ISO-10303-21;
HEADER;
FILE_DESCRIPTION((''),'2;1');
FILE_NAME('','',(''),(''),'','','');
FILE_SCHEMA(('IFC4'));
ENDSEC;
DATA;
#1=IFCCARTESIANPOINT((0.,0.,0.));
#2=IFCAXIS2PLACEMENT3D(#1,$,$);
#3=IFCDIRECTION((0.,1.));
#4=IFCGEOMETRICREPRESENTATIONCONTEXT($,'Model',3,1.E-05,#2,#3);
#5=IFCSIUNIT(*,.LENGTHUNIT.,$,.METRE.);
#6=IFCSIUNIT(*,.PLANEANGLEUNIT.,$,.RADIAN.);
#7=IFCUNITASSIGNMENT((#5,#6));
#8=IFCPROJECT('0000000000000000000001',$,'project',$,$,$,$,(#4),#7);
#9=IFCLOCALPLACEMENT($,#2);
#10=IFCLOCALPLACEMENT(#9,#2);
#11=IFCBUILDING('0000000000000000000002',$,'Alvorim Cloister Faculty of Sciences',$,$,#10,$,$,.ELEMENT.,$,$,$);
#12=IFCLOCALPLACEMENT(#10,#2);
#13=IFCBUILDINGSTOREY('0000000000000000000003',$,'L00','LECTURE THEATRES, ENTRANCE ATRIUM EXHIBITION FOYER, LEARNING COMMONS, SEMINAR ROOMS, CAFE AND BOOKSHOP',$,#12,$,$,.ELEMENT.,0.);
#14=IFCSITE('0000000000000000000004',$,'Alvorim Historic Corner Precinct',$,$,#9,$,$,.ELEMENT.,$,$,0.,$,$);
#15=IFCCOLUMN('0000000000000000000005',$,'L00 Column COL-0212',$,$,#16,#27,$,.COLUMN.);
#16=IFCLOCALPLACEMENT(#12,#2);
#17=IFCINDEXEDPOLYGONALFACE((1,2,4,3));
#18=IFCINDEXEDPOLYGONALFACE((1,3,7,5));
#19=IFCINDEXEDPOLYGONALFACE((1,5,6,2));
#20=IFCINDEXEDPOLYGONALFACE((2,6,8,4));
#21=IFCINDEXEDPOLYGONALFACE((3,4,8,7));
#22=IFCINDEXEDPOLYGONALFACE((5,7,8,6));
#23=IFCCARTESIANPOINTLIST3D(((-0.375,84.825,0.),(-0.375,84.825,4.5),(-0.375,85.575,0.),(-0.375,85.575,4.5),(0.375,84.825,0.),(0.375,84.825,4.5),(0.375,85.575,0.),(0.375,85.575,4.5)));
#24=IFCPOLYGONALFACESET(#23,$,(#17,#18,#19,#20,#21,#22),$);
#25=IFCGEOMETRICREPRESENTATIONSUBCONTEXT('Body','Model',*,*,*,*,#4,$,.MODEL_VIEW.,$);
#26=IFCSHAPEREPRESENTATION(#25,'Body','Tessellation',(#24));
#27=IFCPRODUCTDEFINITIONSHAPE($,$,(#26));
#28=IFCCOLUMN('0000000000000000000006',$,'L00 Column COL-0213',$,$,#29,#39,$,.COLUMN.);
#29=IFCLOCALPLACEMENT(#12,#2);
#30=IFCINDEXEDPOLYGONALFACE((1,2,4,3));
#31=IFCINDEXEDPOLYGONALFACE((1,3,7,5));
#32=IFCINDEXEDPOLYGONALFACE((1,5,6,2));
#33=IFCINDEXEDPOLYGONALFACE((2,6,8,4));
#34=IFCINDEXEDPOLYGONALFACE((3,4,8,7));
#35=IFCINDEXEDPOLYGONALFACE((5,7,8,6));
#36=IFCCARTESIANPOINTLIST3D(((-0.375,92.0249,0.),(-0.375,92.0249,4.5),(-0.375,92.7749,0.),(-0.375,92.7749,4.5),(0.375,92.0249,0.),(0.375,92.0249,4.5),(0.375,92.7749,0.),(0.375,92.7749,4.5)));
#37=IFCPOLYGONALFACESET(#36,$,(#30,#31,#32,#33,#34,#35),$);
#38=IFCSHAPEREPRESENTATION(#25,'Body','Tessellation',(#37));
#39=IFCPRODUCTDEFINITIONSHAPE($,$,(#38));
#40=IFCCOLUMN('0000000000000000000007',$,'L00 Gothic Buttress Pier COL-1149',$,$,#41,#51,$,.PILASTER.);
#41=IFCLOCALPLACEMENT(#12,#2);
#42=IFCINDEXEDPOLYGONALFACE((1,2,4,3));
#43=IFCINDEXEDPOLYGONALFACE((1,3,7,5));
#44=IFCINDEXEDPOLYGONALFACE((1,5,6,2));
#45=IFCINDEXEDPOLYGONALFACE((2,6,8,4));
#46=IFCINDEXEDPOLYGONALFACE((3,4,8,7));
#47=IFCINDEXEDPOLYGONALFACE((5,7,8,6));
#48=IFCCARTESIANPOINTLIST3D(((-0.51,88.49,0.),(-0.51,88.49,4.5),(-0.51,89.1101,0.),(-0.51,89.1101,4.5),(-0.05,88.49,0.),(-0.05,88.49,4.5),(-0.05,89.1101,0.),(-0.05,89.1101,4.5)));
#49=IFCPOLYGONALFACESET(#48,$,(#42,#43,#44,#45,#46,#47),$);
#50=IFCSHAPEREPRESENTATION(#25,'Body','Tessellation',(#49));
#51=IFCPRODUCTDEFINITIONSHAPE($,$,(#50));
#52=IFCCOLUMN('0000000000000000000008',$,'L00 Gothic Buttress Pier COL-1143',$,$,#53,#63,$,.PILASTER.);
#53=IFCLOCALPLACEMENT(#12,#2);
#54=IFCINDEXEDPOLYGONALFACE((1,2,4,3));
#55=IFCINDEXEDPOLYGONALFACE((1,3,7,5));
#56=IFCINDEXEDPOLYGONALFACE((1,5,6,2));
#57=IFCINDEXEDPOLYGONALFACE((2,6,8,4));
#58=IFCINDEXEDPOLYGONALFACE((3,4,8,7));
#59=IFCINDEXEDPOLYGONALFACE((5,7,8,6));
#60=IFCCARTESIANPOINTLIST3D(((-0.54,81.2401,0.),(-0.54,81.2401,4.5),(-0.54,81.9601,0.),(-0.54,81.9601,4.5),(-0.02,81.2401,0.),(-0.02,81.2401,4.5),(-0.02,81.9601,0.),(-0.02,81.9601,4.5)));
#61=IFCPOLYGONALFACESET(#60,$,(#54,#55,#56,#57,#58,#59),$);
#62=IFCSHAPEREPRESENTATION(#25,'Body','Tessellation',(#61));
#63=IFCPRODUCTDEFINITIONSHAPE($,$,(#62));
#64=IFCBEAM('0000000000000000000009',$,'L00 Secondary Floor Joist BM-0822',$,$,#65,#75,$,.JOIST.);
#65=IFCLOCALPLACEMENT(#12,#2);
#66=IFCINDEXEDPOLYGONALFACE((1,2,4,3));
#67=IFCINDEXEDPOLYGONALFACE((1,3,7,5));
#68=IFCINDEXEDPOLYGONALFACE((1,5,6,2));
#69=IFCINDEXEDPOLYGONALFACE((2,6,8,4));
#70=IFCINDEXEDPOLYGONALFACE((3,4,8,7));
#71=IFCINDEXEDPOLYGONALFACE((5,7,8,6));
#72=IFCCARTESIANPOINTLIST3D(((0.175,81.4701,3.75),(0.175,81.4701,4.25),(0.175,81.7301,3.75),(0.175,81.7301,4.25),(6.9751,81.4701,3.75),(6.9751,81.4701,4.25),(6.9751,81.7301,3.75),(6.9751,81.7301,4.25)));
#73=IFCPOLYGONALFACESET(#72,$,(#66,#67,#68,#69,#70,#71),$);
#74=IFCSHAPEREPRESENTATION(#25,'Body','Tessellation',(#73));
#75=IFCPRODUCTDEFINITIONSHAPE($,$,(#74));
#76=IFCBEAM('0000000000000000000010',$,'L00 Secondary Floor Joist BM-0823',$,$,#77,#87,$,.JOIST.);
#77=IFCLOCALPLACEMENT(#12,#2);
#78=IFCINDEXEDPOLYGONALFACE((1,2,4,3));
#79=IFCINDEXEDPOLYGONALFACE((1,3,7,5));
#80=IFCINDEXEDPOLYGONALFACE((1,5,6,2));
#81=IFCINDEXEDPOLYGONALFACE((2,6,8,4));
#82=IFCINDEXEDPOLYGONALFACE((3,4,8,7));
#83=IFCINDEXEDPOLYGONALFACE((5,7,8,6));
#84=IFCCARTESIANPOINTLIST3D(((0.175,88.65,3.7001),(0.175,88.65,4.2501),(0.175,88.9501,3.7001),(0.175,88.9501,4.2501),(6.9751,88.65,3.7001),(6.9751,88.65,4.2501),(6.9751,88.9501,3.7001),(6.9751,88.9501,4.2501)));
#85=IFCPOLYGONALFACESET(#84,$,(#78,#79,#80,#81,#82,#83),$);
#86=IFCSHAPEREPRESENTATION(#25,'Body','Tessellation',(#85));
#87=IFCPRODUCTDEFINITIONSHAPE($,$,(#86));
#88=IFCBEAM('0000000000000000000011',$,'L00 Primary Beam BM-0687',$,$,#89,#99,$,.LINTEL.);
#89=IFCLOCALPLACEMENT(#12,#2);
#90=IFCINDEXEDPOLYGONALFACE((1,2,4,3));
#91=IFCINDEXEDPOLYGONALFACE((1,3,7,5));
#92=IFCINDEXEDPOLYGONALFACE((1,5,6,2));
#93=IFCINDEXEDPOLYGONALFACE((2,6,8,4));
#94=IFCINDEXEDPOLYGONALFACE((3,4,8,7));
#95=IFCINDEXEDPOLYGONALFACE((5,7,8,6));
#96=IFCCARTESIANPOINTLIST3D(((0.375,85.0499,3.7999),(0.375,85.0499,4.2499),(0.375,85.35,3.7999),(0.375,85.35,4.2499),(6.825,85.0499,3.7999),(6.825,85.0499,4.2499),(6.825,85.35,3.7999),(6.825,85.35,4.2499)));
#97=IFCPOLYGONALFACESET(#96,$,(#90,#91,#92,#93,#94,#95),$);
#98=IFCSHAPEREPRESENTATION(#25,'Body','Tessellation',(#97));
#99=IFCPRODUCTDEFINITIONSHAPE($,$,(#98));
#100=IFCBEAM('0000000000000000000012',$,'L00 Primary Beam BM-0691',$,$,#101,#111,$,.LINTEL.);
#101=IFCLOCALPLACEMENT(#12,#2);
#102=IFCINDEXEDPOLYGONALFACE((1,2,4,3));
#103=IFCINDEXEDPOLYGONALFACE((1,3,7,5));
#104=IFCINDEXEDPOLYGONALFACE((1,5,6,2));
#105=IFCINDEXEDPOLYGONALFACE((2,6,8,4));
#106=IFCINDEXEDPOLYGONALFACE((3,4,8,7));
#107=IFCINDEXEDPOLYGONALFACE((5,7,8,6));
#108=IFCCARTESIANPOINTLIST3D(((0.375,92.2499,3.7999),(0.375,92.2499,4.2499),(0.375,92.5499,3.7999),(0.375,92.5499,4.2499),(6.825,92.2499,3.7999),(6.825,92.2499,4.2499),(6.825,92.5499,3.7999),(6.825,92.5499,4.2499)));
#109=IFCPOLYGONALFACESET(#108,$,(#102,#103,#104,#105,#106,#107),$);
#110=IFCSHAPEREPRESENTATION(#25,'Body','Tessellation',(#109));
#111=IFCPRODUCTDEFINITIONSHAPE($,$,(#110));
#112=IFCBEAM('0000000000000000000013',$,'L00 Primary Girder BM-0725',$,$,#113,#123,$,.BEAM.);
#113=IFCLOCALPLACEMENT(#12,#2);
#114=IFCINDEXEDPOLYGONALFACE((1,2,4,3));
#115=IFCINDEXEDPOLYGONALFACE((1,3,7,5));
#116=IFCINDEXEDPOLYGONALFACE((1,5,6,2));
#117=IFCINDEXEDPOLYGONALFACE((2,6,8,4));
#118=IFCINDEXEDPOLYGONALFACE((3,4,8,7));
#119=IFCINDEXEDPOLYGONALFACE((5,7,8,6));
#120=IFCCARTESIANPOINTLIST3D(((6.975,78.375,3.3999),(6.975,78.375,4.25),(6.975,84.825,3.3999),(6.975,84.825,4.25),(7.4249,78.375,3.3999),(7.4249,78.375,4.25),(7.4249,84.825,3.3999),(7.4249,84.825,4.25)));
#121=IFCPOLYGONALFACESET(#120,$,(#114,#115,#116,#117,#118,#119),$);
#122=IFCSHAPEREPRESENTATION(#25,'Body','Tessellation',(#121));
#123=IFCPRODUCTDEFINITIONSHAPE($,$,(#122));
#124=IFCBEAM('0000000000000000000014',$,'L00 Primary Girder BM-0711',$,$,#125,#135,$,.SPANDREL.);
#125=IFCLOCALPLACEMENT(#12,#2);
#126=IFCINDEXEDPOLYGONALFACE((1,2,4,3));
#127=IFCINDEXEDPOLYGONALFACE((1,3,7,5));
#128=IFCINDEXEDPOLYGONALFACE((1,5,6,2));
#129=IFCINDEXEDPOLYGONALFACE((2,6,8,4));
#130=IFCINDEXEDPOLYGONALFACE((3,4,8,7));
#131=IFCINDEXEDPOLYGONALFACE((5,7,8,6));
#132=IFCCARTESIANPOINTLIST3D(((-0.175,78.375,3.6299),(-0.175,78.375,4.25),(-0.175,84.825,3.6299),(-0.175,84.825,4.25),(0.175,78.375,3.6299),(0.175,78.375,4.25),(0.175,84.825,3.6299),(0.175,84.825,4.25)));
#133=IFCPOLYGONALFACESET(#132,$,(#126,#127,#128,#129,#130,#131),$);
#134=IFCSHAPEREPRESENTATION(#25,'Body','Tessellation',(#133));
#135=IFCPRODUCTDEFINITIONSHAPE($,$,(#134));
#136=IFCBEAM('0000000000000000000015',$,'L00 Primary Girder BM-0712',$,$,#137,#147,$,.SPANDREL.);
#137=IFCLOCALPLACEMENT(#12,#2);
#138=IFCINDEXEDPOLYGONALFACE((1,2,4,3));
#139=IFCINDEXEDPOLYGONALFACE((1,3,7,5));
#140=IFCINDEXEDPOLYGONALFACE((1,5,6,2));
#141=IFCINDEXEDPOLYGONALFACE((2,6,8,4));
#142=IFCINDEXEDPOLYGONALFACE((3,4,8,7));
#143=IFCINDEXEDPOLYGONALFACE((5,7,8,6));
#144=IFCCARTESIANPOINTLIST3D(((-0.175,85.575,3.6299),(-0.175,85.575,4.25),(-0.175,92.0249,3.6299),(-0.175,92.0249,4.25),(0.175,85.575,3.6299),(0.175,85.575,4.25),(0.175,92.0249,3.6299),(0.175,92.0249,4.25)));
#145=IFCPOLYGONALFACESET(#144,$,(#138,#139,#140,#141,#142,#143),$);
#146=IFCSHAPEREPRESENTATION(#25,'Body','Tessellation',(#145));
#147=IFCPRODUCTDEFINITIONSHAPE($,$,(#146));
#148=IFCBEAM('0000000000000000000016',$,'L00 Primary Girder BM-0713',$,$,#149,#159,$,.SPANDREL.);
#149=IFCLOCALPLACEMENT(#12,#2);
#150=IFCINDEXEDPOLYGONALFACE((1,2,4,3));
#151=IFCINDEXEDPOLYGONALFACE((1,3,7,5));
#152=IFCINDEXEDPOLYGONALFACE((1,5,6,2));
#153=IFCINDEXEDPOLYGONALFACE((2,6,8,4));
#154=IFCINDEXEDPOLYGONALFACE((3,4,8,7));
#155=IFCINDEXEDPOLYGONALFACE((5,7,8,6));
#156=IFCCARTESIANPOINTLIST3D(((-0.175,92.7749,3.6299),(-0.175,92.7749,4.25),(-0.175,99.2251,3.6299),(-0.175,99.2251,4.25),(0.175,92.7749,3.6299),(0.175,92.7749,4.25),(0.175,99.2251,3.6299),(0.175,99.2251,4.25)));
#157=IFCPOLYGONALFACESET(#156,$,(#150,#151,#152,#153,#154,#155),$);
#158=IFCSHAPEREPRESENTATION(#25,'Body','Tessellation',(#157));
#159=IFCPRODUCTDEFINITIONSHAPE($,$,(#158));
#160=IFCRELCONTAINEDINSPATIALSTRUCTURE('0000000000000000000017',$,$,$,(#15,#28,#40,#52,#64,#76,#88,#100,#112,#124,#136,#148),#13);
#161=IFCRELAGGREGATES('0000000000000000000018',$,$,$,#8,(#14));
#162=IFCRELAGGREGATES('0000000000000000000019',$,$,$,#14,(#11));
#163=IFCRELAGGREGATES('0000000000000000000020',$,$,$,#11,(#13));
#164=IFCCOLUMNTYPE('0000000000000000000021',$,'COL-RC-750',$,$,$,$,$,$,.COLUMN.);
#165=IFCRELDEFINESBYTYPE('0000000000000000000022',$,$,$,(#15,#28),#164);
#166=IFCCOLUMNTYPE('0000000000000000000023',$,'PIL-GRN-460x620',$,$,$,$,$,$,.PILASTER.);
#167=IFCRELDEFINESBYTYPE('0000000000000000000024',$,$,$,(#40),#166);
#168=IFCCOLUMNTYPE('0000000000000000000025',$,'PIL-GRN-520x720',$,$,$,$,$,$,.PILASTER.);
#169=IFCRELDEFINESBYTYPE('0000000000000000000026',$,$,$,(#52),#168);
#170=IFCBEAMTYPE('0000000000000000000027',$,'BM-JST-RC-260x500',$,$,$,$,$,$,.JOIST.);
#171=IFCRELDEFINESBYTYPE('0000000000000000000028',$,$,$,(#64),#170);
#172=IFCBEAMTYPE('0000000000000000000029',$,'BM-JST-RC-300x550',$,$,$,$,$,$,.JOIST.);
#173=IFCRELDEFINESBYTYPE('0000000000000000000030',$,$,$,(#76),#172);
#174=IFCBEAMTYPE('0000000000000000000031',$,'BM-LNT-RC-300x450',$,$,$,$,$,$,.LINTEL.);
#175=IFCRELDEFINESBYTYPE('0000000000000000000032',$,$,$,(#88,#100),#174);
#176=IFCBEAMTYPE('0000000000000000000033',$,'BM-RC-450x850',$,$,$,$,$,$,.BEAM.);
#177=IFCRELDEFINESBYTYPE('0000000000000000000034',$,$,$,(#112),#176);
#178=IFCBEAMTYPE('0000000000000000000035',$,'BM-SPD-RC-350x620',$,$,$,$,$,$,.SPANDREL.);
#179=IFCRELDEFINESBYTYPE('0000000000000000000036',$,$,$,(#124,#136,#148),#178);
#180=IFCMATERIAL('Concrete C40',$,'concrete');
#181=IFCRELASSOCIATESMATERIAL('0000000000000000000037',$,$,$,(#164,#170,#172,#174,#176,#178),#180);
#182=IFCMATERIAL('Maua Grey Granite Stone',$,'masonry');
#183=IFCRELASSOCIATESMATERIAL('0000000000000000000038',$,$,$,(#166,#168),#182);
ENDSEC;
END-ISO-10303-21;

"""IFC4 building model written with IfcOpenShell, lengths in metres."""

from ifc_helpers import new_model, si_unit, direction, frame, origin, origin_2d, place, context, subcontext, project, spatial, rectangle, extrude, material, material_profile, profile_set, type_object, element, save


model = new_model("IFC4")

# Units and contexts
model_context = context("Model", 3, precision=1e-05, world=origin(), true_north=direction((0.0, 1.0)))
body_context = subcontext(model_context, "Body", "Model", "MODEL_VIEW")
ifc_project = project(units=[si_unit("LENGTHUNIT", "METRE"), si_unit("PLANEANGLEUNIT", "RADIAN")], contexts=[model_context])

# Site, building, storey
site_placement = place(None, origin())
site = spatial("IfcSite", under=ifc_project, at=site_placement, Name="Alvorim Historic Corner Precinct", CompositionType="ELEMENT", RefElevation=0.0)
building_placement = place(site_placement, origin())
building = spatial("IfcBuilding", under=site, at=building_placement, Name="Alvorim Cloister Faculty of Sciences", CompositionType="ELEMENT")
storey_placement = place(building_placement, origin())
storey = spatial("IfcBuildingStorey", under=building, at=storey_placement, Name="L00", Description="LECTURE THEATRES, ENTRANCE ATRIUM EXHIBITION FOYER, LEARNING COMMONS, SEMINAR ROOMS, CAFE AND BOOKSHOP", CompositionType="ELEMENT", Elevation=0.0)

# Columns
ifc_material_1 = material(Name="Concrete C40", Category="concrete")
ifc_material_profile_1 = material_profile(ifc_material_1, rectangle(XDim=0.75, YDim=0.75, at=origin_2d()), Name="RC40-COL-750x750")
ifc_profile_set_1 = profile_set([ifc_material_profile_1], Name="Concrete C40")
column_type_1 = type_object("IfcColumnType", Name="COL-RC-750", PredefinedType="COLUMN", material=ifc_profile_set_1)
for number, where, z_axis, x_axis, name in (
    (1, (0.0, 85.2, 0.0), (0.0, 0.0, 1.0), (1.0, 0.0, 0.0), "L00 Column COL-0212"),
    (2, (0.0, 92.3999, 0.0), (0.0, 0.0, 1.0), (1.0, 0.0, 0.0), "L00 Column COL-0213"),
):
    element("IfcColumn", number, at=place(storey_placement, frame(where, z_axis=z_axis, x_axis=x_axis)), inside=storey, type_object=column_type_1, Name=name, PredefinedType="COLUMN", context=body_context, shape_type="SweptSolid", body=[
        extrude(rectangle(XDim=0.75, YDim=0.75, at=origin_2d()), origin(), (0.0, 0.0, 1.0), 4.5),
    ])
ifc_material_2 = material(Name="Maua Grey Granite Stone", Category="masonry")
ifc_material_profile_2 = material_profile(ifc_material_2, rectangle(XDim=0.46, YDim=0.6201, at=origin_2d()), Name="GRN-PIER-460x620")
ifc_profile_set_2 = profile_set([ifc_material_profile_2], Name="Maua Grey Granite Stone")
column_type_2 = type_object("IfcColumnType", Name="PIL-GRN-460x620", PredefinedType="PILASTER", material=ifc_profile_set_2)
column_1_placement = place(storey_placement, frame((-0.28, 88.8, 0.0), z_axis=(0.0, 0.0, 1.0), x_axis=(1.0, 0.0, 0.0)))
element("IfcColumn", 3, at=column_1_placement, inside=storey, type_object=column_type_2, Name="L00 Gothic Buttress Pier COL-1149", PredefinedType="PILASTER", context=body_context, shape_type="SweptSolid", body=[
    extrude(rectangle(XDim=0.46, YDim=0.6201, at=origin_2d()), origin(), (0.0, 0.0, 1.0), 4.5),
])
ifc_material_profile_3 = material_profile(ifc_material_2, rectangle(XDim=0.52, YDim=0.72, at=origin_2d()), Name="GRN-PIER-520x720")
ifc_profile_set_3 = profile_set([ifc_material_profile_3], Name="Maua Grey Granite Stone")
column_type_3 = type_object("IfcColumnType", Name="PIL-GRN-520x720", PredefinedType="PILASTER", material=ifc_profile_set_3)
column_2_placement = place(storey_placement, frame((-0.28, 81.6001, 0.0), z_axis=(0.0, 0.0, 1.0), x_axis=(1.0, 0.0, 0.0)))
element("IfcColumn", 4, at=column_2_placement, inside=storey, type_object=column_type_3, Name="L00 Gothic Buttress Pier COL-1143", PredefinedType="PILASTER", context=body_context, shape_type="SweptSolid", body=[
    extrude(rectangle(XDim=0.52, YDim=0.72, at=origin_2d()), origin(), (0.0, 0.0, 1.0), 4.5),
])

# Beams
ifc_material_profile_4 = material_profile(ifc_material_1, rectangle(XDim=0.26, YDim=0.5, at=origin_2d()), Name="RC40-JST-260x500")
ifc_profile_set_4 = profile_set([ifc_material_profile_4], Name="Concrete C40")
beam_type_1 = type_object("IfcBeamType", Name="BM-JST-RC-260x500", PredefinedType="JOIST", material=ifc_profile_set_4)
beam_1_placement = place(storey_placement, frame((0.175, 81.6001, 4.0), z_axis=(1.0, 0.0, 0.0), x_axis=(0.0, 1.0, 0.0)))
element("IfcBeam", 5, at=beam_1_placement, inside=storey, type_object=beam_type_1, Name="L00 Secondary Floor Joist BM-0822", PredefinedType="JOIST", context=body_context, shape_type="SweptSolid", body=[
    extrude(rectangle(XDim=0.26, YDim=0.5, at=origin_2d()), origin(), (0.0, 0.0, 1.0), 6.8),
])
ifc_material_profile_5 = material_profile(ifc_material_1, rectangle(XDim=0.3, YDim=0.55, at=origin_2d()), Name="RC40-JST-300x550")
ifc_profile_set_5 = profile_set([ifc_material_profile_5], Name="Concrete C40")
beam_type_2 = type_object("IfcBeamType", Name="BM-JST-RC-300x550", PredefinedType="JOIST", material=ifc_profile_set_5)
beam_2_placement = place(storey_placement, frame((0.175, 88.8, 3.9751), z_axis=(1.0, 0.0, 0.0), x_axis=(0.0, 1.0, 0.0)))
element("IfcBeam", 6, at=beam_2_placement, inside=storey, type_object=beam_type_2, Name="L00 Secondary Floor Joist BM-0823", PredefinedType="JOIST", context=body_context, shape_type="SweptSolid", body=[
    extrude(rectangle(XDim=0.3, YDim=0.55, at=origin_2d()), origin(), (0.0, 0.0, 1.0), 6.8),
])
ifc_material_profile_6 = material_profile(ifc_material_1, rectangle(XDim=0.3, YDim=0.45, at=origin_2d()), Name="RC40-LNT-300x450")
ifc_profile_set_6 = profile_set([ifc_material_profile_6], Name="Concrete C40")
beam_type_3 = type_object("IfcBeamType", Name="BM-LNT-RC-300x450", PredefinedType="LINTEL", material=ifc_profile_set_6)
for number, where, z_axis, x_axis, name in (
    (7, (0.375, 85.2, 4.0249), (1.0, 0.0, 0.0), (0.0, 1.0, 0.0), "L00 Primary Beam BM-0687"),
    (8, (0.375, 92.3999, 4.0249), (1.0, 0.0, 0.0), (0.0, 1.0, 0.0), "L00 Primary Beam BM-0691"),
):
    element("IfcBeam", number, at=place(storey_placement, frame(where, z_axis=z_axis, x_axis=x_axis)), inside=storey, type_object=beam_type_3, Name=name, PredefinedType="LINTEL", context=body_context, shape_type="SweptSolid", body=[
        extrude(rectangle(XDim=0.3, YDim=0.45, at=origin_2d()), origin(), (0.0, 0.0, 1.0), 6.45),
    ])
ifc_material_profile_7 = material_profile(ifc_material_1, rectangle(XDim=0.45, YDim=0.8501, at=origin_2d()), Name="RC40-BM-450x850")
ifc_profile_set_7 = profile_set([ifc_material_profile_7], Name="Concrete C40")
beam_type_4 = type_object("IfcBeamType", Name="BM-RC-450x850", PredefinedType="BEAM", material=ifc_profile_set_7)
beam_3_placement = place(storey_placement, frame((7.2, 78.375, 3.825), z_axis=(0.0, 1.0, 0.0), x_axis=(-1.0, 0.0, 0.0)))
element("IfcBeam", 9, at=beam_3_placement, inside=storey, type_object=beam_type_4, Name="L00 Primary Girder BM-0725", PredefinedType="BEAM", context=body_context, shape_type="SweptSolid", body=[
    extrude(rectangle(XDim=0.45, YDim=0.8501, at=origin_2d()), origin(), (0.0, 0.0, 1.0), 6.45),
])
ifc_material_profile_8 = material_profile(ifc_material_1, rectangle(XDim=0.3501, YDim=0.6201, at=origin_2d()), Name="RC40-SPD-350x620")
ifc_profile_set_8 = profile_set([ifc_material_profile_8], Name="Concrete C40")
beam_type_5 = type_object("IfcBeamType", Name="BM-SPD-RC-350x620", PredefinedType="SPANDREL", material=ifc_profile_set_8)
for number, where, z_axis, x_axis, name in (
    (10, (0.0, 78.375, 3.9399), (0.0, 1.0, 0.0), (-1.0, 0.0, 0.0), "L00 Primary Girder BM-0711"),
    (11, (0.0, 85.575, 3.9399), (0.0, 1.0, 0.0), (-1.0, 0.0, 0.0), "L00 Primary Girder BM-0712"),
):
    element("IfcBeam", number, at=place(storey_placement, frame(where, z_axis=z_axis, x_axis=x_axis)), inside=storey, type_object=beam_type_5, Name=name, PredefinedType="SPANDREL", context=body_context, shape_type="SweptSolid", body=[
        extrude(rectangle(XDim=0.3501, YDim=0.6201, at=origin_2d()), origin(), (0.0, 0.0, 1.0), 6.45),
    ])
beam_4_placement = place(storey_placement, frame((0.0, 92.7749, 3.9399), z_axis=(0.0, 1.0, 0.0), x_axis=(-1.0, 0.0, 0.0)))
element("IfcBeam", 12, at=beam_4_placement, inside=storey, type_object=beam_type_5, Name="L00 Primary Girder BM-0713", PredefinedType="SPANDREL", context=body_context, shape_type="SweptSolid", body=[
    extrude(rectangle(XDim=0.3501, YDim=0.6201, at=origin_2d()), origin(), (0.0, 0.0, 1.0), 6.4502),
])

save(model, "model.ifc")
